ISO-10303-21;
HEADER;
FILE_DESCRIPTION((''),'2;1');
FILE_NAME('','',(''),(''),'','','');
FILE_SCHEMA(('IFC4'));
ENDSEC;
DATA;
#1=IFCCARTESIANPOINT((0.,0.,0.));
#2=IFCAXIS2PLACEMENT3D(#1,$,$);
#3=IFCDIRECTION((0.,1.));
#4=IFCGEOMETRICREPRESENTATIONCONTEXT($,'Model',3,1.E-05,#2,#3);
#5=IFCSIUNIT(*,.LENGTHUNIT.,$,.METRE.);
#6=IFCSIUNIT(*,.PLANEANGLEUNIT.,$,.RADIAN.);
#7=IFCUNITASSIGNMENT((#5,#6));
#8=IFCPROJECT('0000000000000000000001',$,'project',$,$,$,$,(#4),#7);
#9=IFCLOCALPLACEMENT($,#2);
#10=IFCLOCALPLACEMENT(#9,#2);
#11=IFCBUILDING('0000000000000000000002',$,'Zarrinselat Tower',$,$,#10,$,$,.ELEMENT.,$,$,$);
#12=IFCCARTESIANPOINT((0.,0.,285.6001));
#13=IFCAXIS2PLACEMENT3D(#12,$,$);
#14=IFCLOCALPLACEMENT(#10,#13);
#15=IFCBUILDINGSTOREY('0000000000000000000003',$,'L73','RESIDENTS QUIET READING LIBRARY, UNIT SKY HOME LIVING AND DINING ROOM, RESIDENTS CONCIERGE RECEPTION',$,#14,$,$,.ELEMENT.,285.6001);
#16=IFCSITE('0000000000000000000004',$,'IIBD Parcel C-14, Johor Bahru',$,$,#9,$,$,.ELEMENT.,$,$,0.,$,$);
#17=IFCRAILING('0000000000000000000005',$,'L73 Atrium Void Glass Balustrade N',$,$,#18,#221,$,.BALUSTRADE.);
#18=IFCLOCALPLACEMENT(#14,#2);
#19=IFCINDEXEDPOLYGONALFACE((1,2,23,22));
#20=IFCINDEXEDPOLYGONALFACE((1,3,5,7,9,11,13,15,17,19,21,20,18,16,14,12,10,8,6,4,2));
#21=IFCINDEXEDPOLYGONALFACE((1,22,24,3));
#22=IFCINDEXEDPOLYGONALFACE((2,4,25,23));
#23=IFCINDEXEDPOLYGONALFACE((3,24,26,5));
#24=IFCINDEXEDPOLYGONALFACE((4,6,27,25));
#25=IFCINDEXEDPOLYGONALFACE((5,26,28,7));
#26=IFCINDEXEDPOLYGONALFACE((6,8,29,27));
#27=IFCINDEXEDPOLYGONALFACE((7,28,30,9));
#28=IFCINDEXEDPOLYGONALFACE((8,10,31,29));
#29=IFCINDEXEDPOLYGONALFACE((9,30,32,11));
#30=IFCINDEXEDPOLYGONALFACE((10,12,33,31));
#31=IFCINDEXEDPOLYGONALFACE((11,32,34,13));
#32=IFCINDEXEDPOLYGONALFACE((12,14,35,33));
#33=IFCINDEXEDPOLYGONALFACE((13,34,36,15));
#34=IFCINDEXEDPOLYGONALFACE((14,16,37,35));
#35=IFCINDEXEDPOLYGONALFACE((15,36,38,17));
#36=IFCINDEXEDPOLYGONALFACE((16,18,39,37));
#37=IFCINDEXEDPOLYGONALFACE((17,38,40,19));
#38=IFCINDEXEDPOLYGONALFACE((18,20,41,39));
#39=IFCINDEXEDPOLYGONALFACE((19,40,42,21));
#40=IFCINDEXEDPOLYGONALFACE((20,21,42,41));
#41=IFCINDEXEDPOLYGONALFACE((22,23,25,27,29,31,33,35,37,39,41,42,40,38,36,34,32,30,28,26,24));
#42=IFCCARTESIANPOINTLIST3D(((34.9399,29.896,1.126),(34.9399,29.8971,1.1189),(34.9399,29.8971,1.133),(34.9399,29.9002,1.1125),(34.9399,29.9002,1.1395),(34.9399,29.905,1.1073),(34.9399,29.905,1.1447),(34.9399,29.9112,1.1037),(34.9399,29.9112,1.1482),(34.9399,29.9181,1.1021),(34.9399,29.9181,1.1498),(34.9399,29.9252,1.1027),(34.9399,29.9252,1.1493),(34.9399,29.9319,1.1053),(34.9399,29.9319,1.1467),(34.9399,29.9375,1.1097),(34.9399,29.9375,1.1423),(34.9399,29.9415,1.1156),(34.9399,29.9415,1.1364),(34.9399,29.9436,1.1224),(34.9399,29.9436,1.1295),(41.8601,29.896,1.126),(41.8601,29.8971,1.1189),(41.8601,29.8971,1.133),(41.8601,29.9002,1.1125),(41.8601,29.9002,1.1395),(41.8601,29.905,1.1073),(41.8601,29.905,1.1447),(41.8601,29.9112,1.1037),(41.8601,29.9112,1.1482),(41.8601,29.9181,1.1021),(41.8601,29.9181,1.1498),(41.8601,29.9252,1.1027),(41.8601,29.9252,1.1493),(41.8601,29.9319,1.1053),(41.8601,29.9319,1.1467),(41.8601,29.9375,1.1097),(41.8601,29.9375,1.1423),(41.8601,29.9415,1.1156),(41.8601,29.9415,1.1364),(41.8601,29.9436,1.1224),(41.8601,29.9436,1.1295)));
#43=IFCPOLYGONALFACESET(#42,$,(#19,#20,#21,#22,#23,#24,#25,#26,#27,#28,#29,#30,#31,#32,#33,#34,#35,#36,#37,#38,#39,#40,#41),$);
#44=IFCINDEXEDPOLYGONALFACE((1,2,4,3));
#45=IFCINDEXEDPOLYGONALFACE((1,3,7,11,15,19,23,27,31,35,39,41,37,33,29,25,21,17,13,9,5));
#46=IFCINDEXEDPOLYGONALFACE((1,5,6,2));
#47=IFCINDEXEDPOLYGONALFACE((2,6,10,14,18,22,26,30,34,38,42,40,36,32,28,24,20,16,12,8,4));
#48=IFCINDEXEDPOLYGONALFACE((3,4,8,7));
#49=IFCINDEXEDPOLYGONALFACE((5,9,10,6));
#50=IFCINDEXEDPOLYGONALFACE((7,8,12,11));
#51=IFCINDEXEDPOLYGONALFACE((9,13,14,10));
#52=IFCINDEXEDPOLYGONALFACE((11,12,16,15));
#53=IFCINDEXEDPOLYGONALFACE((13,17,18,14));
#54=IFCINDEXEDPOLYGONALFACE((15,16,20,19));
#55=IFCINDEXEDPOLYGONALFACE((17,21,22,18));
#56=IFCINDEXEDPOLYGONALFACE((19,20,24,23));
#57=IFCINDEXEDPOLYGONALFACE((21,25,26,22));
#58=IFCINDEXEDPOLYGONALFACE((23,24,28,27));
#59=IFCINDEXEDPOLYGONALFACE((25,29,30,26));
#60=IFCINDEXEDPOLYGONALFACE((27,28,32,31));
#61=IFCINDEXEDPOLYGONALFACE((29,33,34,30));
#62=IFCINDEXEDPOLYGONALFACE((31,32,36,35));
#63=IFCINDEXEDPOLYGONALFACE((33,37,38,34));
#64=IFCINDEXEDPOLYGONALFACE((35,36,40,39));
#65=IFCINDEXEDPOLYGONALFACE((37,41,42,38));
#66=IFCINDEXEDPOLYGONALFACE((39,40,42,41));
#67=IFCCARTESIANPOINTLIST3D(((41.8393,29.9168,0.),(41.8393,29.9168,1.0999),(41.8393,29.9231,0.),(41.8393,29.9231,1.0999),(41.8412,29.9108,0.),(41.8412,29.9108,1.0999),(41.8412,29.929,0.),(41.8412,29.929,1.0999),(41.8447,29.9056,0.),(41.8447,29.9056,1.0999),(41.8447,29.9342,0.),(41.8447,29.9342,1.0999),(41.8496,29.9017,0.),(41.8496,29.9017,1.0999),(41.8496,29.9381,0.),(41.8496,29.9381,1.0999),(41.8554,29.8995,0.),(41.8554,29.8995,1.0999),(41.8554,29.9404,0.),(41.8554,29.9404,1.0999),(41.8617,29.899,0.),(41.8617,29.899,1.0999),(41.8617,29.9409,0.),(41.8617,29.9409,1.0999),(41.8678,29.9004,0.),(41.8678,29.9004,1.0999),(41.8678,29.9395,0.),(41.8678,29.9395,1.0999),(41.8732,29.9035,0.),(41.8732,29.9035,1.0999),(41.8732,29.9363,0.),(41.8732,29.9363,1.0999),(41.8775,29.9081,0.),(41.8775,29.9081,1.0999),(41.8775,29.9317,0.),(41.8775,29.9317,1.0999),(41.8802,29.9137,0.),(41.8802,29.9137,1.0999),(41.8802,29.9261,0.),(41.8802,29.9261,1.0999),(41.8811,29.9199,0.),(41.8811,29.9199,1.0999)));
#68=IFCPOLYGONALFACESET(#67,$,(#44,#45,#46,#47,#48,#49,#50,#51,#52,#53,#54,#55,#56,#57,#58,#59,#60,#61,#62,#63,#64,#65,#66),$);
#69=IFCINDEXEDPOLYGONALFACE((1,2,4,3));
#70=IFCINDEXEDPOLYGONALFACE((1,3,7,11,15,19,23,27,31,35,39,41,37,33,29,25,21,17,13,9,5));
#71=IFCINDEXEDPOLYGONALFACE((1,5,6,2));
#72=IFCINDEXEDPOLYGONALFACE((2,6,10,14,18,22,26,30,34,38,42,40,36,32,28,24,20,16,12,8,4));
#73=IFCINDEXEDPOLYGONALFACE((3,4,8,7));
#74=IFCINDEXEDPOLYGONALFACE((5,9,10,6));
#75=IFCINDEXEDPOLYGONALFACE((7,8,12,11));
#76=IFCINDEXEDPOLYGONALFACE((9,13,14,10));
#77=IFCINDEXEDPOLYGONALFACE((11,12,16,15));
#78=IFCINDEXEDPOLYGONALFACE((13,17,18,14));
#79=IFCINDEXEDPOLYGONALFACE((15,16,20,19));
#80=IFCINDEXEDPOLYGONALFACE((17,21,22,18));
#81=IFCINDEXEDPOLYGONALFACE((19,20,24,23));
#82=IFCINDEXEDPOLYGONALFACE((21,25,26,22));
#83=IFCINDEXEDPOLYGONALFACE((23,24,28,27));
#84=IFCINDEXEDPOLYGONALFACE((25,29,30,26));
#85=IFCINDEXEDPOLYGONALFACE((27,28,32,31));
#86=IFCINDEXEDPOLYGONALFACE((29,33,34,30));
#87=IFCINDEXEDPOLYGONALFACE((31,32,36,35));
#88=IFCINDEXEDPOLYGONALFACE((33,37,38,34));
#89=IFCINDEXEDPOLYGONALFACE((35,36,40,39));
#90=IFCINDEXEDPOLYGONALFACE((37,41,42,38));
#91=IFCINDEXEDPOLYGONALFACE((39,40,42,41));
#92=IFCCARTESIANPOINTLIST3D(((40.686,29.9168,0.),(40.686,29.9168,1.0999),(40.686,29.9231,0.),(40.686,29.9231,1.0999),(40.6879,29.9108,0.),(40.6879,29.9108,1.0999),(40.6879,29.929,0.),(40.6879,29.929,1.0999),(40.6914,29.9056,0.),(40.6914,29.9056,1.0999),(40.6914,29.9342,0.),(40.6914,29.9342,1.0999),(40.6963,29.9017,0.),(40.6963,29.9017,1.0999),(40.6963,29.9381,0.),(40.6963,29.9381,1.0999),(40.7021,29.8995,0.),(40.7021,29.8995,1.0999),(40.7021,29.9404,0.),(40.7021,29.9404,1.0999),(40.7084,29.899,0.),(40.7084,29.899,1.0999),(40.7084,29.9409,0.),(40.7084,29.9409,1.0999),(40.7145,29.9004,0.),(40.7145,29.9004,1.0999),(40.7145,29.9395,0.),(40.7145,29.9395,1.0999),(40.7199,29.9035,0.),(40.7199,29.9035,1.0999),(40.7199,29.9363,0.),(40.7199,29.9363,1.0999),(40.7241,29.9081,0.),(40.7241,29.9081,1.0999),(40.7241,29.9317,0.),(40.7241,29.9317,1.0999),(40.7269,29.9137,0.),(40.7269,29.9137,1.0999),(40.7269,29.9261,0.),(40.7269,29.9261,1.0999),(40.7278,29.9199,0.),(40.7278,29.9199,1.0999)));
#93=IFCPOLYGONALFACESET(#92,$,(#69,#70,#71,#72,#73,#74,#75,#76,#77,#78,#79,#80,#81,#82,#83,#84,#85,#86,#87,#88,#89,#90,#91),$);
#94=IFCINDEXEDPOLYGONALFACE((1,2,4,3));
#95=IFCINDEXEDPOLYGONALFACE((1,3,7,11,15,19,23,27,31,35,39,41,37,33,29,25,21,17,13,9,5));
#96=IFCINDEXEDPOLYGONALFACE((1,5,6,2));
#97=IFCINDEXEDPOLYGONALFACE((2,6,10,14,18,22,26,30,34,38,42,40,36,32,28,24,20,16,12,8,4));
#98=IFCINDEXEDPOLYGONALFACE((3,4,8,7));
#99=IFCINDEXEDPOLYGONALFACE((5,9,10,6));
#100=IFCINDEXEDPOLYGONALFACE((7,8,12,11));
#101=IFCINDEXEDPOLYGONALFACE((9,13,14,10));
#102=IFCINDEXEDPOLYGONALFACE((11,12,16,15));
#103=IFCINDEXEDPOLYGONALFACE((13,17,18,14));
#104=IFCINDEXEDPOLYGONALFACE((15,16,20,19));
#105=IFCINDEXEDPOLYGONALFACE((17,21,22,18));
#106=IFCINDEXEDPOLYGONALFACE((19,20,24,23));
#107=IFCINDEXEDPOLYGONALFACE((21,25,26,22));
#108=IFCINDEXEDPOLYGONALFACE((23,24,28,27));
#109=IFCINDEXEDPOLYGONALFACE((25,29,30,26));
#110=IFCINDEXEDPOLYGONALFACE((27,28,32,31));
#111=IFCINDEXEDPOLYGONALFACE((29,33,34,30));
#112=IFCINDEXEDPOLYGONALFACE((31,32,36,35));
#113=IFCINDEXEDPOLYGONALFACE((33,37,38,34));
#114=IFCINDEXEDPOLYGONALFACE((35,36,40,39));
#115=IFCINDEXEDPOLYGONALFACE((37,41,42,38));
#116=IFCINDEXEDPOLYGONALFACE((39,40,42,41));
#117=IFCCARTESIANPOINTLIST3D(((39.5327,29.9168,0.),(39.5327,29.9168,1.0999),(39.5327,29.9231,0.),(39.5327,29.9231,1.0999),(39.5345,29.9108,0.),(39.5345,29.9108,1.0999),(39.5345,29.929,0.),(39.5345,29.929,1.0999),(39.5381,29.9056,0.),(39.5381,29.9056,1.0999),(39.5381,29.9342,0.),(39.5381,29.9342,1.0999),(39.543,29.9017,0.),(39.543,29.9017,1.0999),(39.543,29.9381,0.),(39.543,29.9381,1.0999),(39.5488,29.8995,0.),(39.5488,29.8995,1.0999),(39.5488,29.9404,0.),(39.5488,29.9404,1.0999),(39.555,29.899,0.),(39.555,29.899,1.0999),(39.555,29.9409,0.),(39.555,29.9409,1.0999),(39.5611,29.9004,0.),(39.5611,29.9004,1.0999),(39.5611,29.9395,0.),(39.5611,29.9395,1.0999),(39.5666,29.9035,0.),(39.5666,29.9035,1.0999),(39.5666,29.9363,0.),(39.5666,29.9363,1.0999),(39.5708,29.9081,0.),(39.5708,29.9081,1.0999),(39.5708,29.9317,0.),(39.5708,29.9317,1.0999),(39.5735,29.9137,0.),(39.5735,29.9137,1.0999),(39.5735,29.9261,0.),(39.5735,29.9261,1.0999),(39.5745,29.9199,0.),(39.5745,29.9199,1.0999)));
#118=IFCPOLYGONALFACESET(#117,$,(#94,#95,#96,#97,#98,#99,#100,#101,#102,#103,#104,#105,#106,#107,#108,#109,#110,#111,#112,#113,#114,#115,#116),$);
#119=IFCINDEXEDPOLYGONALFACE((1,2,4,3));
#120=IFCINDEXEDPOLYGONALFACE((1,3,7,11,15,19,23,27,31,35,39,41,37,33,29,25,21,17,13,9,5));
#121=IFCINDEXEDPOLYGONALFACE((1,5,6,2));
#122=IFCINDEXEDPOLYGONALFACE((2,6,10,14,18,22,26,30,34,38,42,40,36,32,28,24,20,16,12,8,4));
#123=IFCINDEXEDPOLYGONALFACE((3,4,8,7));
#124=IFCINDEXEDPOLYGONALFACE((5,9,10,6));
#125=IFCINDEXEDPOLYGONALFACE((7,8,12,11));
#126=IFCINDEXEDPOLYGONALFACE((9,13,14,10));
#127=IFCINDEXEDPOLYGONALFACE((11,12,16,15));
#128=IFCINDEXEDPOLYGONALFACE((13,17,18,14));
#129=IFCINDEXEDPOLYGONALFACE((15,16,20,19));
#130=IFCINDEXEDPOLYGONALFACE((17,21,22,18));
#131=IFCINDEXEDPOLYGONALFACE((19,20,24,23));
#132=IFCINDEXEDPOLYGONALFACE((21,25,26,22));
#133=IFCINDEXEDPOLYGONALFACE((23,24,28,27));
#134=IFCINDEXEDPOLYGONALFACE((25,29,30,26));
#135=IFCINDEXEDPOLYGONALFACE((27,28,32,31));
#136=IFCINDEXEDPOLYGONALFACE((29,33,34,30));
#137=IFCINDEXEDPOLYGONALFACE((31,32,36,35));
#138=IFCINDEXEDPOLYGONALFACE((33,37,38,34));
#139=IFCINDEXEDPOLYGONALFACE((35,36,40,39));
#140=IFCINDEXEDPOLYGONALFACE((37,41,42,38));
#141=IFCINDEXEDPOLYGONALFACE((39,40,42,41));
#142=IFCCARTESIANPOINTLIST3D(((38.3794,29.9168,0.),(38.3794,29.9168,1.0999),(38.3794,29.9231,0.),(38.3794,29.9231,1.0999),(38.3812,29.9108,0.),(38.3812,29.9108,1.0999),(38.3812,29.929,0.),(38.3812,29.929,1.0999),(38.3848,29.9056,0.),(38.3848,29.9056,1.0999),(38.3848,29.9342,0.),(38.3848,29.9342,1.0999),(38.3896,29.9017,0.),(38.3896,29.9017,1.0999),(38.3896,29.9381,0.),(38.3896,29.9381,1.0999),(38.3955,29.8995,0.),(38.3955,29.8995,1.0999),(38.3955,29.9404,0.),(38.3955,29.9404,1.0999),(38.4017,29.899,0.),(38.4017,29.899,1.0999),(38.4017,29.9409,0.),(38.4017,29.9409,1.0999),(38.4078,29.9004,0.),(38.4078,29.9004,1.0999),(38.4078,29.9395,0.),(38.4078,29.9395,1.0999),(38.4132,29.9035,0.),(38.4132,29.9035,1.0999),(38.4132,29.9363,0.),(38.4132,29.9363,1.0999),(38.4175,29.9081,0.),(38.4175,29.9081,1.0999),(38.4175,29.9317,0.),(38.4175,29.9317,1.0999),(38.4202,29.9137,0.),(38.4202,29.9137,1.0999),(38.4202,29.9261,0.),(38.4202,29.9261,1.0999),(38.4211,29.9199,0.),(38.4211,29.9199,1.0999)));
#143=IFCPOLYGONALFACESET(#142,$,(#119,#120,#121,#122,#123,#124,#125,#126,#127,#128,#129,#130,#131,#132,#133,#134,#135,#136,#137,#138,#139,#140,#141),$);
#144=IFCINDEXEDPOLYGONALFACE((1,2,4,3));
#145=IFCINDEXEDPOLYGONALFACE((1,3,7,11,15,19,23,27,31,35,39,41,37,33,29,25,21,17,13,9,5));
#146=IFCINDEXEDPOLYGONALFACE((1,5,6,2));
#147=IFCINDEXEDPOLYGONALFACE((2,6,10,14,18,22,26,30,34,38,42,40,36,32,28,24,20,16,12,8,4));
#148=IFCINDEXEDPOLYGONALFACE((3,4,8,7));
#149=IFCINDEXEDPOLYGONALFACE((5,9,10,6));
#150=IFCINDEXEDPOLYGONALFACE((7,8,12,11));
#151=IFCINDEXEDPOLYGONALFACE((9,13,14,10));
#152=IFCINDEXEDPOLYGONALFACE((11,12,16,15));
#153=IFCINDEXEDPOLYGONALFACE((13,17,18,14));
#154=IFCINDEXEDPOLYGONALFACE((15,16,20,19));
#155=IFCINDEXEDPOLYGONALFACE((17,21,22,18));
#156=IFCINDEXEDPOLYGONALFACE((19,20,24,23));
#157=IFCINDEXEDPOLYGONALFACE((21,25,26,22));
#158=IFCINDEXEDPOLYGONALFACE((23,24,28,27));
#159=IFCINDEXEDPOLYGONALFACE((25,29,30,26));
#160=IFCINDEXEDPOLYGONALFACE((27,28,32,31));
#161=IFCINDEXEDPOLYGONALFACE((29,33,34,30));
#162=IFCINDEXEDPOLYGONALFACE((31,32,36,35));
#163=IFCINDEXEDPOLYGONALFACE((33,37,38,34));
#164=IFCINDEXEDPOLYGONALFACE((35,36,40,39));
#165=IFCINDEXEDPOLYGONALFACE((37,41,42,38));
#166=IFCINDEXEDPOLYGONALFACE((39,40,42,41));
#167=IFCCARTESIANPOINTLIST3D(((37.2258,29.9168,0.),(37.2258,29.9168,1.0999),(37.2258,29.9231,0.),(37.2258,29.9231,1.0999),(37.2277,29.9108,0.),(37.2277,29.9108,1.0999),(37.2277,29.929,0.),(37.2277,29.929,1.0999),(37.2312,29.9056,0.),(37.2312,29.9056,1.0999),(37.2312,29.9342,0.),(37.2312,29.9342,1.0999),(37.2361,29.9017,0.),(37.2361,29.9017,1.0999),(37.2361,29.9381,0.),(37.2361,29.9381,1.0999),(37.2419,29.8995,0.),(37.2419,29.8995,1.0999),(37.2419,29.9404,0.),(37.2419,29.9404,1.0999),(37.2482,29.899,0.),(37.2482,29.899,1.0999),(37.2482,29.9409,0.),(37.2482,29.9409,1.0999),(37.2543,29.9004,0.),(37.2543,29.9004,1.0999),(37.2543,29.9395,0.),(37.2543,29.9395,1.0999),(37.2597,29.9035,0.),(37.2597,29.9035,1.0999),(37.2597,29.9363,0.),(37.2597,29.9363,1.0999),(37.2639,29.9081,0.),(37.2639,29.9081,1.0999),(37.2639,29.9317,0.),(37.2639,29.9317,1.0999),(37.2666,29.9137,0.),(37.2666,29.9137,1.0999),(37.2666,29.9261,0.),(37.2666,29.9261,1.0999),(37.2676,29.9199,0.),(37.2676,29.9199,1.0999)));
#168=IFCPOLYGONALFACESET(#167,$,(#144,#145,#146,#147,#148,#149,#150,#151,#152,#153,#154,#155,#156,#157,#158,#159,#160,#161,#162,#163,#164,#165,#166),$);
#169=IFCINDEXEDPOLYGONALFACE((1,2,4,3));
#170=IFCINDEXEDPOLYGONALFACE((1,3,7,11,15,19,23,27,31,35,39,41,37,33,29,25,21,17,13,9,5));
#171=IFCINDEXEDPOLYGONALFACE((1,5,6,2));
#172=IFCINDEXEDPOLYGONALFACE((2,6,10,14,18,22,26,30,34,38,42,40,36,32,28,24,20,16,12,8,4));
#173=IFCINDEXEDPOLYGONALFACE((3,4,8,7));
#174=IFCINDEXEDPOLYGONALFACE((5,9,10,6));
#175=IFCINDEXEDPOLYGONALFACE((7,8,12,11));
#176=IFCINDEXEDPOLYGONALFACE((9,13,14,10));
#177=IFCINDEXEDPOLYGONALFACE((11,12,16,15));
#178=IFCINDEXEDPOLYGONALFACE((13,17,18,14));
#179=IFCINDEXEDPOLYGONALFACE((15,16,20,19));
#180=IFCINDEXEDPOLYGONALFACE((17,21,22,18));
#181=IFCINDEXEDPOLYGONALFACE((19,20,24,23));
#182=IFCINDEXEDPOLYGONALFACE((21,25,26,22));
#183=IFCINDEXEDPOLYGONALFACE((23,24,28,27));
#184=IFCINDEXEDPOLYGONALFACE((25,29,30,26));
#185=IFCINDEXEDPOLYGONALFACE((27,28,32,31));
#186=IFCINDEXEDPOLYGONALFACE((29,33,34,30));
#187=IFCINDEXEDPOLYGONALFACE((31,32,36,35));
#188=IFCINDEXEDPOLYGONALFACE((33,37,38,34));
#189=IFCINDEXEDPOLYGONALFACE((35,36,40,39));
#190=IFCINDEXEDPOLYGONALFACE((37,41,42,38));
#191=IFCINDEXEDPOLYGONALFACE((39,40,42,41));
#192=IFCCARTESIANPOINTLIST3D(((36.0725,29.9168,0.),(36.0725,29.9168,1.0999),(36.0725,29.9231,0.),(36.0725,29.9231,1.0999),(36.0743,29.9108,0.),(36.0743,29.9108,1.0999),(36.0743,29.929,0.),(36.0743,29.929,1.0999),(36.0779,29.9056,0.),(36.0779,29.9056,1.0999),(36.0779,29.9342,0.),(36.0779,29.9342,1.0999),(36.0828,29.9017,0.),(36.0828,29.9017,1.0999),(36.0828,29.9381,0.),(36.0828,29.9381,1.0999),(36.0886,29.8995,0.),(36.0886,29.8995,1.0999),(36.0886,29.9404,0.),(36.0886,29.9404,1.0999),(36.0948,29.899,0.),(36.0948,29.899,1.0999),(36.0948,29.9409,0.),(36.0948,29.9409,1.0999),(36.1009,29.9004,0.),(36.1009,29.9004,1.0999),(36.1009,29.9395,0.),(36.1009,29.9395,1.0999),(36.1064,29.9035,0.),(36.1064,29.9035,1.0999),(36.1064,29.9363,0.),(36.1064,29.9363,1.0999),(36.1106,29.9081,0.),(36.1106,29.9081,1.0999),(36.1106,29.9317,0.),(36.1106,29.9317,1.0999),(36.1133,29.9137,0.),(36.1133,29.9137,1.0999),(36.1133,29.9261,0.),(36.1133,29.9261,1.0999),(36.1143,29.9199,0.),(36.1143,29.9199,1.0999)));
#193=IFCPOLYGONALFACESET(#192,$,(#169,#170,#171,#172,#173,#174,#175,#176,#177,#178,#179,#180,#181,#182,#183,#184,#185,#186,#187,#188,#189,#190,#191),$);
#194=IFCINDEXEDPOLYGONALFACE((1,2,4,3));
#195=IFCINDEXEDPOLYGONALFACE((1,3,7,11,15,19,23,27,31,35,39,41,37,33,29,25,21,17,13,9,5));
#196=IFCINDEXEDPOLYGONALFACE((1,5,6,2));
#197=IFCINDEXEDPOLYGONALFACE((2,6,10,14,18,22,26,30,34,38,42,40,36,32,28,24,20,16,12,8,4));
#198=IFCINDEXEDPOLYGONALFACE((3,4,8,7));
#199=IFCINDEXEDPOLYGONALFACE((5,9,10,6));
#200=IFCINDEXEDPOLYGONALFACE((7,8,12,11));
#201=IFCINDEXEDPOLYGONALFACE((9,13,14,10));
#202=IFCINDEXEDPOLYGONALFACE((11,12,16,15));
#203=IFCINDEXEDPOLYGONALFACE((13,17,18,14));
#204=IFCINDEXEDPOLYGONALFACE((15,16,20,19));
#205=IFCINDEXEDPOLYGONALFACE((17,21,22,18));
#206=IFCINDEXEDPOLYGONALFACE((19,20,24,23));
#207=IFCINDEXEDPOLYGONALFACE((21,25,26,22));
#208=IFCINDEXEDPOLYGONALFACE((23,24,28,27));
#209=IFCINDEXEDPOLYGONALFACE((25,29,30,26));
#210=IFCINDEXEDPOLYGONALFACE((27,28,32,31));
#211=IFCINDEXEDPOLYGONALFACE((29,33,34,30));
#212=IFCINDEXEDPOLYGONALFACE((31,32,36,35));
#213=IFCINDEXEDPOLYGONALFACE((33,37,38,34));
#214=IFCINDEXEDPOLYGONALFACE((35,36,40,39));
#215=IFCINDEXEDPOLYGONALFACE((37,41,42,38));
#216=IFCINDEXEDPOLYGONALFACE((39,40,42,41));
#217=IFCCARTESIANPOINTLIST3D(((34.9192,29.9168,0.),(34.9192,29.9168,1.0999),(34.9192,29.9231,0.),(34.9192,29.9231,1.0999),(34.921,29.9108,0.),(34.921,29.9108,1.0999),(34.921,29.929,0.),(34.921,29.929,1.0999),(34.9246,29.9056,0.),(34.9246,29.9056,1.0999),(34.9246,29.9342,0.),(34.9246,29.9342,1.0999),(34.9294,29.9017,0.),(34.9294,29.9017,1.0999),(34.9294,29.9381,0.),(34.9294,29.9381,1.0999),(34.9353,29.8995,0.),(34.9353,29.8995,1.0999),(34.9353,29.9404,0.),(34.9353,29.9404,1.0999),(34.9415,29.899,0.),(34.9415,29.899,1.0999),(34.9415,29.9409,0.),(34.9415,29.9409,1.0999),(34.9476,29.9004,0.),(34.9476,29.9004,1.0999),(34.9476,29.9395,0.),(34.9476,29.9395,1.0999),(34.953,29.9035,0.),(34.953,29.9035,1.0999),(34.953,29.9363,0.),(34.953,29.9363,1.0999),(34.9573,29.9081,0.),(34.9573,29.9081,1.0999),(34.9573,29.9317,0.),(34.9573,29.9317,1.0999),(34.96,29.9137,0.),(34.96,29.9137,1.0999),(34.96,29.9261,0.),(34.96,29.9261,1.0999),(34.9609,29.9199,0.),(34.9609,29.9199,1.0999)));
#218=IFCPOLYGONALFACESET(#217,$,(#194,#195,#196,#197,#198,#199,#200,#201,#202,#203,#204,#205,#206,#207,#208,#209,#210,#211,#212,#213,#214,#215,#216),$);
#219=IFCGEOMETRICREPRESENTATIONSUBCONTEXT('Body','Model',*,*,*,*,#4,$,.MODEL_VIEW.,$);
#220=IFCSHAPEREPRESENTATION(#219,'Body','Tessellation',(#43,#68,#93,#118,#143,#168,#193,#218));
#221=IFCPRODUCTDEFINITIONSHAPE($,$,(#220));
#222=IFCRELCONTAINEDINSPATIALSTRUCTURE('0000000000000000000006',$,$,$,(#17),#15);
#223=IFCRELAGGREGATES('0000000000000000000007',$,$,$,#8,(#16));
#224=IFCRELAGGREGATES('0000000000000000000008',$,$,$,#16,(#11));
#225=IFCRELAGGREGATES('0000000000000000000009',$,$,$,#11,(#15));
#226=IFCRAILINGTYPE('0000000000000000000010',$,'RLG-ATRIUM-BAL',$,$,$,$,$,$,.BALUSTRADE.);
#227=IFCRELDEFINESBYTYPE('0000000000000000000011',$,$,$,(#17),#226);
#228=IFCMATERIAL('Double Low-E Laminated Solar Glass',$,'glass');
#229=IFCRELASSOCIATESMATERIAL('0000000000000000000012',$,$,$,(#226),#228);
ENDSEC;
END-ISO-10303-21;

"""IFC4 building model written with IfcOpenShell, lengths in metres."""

from ifc_helpers import new_model, si_unit, direction, frame, origin, origin_2d, place, context, subcontext, project, spatial, circle, extrude, material, type_object, element, save


model = new_model("IFC4")

# Units and contexts
model_context = context("Model", 3, precision=1e-05, world=origin(), true_north=direction((0.0, 1.0)))
body_context = subcontext(model_context, "Body", "Model", "MODEL_VIEW")
ifc_project = project(units=[si_unit("LENGTHUNIT", "METRE"), si_unit("PLANEANGLEUNIT", "RADIAN")], contexts=[model_context])

# Site, building, storey
site_placement = place(None, origin())
site = spatial("IfcSite", under=ifc_project, at=site_placement, Name="IIBD Parcel C-14, Johor Bahru", CompositionType="ELEMENT", RefElevation=0.0)
building_placement = place(site_placement, origin())
building = spatial("IfcBuilding", under=site, at=building_placement, Name="Zarrinselat Tower", CompositionType="ELEMENT")
storey_placement = place(building_placement, frame((0.0, 0.0, 285.6001)))
storey = spatial("IfcBuildingStorey", under=building, at=storey_placement, Name="L73", Description="RESIDENTS QUIET READING LIBRARY, UNIT SKY HOME LIVING AND DINING ROOM, RESIDENTS CONCIERGE RECEPTION", CompositionType="ELEMENT", Elevation=285.6001)

# Railing
ifc_material_1 = material(Name="Double Low-E Laminated Solar Glass", Category="glass")
railing_type = type_object("IfcRailingType", Name="RLG-ATRIUM-BAL", PredefinedType="BALUSTRADE", material=ifc_material_1)
railing_1_placement = place(storey_placement, frame((41.8601, 29.9199, 0.0)))
element("IfcRailing", 1, at=railing_1_placement, inside=storey, type_object=railing_type, Name="L73 Atrium Void Glass Balustrade N", PredefinedType="BALUSTRADE", context=body_context, shape_type="SweptSolid", body=[
    extrude(circle(Radius=0.0239, at=origin_2d()), frame((0.0, 0.0, 1.126), z_axis=(-1.0, 0.0, 0.0), x_axis=(0.0, -1.0, 0.0)), (0.0, 0.0, 1.0), 6.9202),
    extrude(circle(Radius=0.021, at=origin_2d()), origin(), (0.0, 0.0, 1.0), 1.0999),
    extrude(circle(Radius=0.021, at=origin_2d()), frame((-1.1533, 0.0, 0.0)), (0.0, 0.0, 1.0), 1.0999),
    extrude(circle(Radius=0.021, at=origin_2d()), frame((-2.3066, 0.0, 0.0)), (0.0, 0.0, 1.0), 1.0999),
    extrude(circle(Radius=0.021, at=origin_2d()), frame((-3.46, 0.0, 0.0)), (0.0, 0.0, 1.0), 1.0999),
    extrude(circle(Radius=0.021, at=origin_2d()), frame((-4.6135, 0.0, 0.0)), (0.0, 0.0, 1.0), 1.0999),
    extrude(circle(Radius=0.021, at=origin_2d()), frame((-5.7668, 0.0, 0.0)), (0.0, 0.0, 1.0), 1.0999),
    extrude(circle(Radius=0.021, at=origin_2d()), frame((-6.9202, 0.0, 0.0)), (0.0, 0.0, 1.0), 1.0999),
])

save(model, "model.ifc")
